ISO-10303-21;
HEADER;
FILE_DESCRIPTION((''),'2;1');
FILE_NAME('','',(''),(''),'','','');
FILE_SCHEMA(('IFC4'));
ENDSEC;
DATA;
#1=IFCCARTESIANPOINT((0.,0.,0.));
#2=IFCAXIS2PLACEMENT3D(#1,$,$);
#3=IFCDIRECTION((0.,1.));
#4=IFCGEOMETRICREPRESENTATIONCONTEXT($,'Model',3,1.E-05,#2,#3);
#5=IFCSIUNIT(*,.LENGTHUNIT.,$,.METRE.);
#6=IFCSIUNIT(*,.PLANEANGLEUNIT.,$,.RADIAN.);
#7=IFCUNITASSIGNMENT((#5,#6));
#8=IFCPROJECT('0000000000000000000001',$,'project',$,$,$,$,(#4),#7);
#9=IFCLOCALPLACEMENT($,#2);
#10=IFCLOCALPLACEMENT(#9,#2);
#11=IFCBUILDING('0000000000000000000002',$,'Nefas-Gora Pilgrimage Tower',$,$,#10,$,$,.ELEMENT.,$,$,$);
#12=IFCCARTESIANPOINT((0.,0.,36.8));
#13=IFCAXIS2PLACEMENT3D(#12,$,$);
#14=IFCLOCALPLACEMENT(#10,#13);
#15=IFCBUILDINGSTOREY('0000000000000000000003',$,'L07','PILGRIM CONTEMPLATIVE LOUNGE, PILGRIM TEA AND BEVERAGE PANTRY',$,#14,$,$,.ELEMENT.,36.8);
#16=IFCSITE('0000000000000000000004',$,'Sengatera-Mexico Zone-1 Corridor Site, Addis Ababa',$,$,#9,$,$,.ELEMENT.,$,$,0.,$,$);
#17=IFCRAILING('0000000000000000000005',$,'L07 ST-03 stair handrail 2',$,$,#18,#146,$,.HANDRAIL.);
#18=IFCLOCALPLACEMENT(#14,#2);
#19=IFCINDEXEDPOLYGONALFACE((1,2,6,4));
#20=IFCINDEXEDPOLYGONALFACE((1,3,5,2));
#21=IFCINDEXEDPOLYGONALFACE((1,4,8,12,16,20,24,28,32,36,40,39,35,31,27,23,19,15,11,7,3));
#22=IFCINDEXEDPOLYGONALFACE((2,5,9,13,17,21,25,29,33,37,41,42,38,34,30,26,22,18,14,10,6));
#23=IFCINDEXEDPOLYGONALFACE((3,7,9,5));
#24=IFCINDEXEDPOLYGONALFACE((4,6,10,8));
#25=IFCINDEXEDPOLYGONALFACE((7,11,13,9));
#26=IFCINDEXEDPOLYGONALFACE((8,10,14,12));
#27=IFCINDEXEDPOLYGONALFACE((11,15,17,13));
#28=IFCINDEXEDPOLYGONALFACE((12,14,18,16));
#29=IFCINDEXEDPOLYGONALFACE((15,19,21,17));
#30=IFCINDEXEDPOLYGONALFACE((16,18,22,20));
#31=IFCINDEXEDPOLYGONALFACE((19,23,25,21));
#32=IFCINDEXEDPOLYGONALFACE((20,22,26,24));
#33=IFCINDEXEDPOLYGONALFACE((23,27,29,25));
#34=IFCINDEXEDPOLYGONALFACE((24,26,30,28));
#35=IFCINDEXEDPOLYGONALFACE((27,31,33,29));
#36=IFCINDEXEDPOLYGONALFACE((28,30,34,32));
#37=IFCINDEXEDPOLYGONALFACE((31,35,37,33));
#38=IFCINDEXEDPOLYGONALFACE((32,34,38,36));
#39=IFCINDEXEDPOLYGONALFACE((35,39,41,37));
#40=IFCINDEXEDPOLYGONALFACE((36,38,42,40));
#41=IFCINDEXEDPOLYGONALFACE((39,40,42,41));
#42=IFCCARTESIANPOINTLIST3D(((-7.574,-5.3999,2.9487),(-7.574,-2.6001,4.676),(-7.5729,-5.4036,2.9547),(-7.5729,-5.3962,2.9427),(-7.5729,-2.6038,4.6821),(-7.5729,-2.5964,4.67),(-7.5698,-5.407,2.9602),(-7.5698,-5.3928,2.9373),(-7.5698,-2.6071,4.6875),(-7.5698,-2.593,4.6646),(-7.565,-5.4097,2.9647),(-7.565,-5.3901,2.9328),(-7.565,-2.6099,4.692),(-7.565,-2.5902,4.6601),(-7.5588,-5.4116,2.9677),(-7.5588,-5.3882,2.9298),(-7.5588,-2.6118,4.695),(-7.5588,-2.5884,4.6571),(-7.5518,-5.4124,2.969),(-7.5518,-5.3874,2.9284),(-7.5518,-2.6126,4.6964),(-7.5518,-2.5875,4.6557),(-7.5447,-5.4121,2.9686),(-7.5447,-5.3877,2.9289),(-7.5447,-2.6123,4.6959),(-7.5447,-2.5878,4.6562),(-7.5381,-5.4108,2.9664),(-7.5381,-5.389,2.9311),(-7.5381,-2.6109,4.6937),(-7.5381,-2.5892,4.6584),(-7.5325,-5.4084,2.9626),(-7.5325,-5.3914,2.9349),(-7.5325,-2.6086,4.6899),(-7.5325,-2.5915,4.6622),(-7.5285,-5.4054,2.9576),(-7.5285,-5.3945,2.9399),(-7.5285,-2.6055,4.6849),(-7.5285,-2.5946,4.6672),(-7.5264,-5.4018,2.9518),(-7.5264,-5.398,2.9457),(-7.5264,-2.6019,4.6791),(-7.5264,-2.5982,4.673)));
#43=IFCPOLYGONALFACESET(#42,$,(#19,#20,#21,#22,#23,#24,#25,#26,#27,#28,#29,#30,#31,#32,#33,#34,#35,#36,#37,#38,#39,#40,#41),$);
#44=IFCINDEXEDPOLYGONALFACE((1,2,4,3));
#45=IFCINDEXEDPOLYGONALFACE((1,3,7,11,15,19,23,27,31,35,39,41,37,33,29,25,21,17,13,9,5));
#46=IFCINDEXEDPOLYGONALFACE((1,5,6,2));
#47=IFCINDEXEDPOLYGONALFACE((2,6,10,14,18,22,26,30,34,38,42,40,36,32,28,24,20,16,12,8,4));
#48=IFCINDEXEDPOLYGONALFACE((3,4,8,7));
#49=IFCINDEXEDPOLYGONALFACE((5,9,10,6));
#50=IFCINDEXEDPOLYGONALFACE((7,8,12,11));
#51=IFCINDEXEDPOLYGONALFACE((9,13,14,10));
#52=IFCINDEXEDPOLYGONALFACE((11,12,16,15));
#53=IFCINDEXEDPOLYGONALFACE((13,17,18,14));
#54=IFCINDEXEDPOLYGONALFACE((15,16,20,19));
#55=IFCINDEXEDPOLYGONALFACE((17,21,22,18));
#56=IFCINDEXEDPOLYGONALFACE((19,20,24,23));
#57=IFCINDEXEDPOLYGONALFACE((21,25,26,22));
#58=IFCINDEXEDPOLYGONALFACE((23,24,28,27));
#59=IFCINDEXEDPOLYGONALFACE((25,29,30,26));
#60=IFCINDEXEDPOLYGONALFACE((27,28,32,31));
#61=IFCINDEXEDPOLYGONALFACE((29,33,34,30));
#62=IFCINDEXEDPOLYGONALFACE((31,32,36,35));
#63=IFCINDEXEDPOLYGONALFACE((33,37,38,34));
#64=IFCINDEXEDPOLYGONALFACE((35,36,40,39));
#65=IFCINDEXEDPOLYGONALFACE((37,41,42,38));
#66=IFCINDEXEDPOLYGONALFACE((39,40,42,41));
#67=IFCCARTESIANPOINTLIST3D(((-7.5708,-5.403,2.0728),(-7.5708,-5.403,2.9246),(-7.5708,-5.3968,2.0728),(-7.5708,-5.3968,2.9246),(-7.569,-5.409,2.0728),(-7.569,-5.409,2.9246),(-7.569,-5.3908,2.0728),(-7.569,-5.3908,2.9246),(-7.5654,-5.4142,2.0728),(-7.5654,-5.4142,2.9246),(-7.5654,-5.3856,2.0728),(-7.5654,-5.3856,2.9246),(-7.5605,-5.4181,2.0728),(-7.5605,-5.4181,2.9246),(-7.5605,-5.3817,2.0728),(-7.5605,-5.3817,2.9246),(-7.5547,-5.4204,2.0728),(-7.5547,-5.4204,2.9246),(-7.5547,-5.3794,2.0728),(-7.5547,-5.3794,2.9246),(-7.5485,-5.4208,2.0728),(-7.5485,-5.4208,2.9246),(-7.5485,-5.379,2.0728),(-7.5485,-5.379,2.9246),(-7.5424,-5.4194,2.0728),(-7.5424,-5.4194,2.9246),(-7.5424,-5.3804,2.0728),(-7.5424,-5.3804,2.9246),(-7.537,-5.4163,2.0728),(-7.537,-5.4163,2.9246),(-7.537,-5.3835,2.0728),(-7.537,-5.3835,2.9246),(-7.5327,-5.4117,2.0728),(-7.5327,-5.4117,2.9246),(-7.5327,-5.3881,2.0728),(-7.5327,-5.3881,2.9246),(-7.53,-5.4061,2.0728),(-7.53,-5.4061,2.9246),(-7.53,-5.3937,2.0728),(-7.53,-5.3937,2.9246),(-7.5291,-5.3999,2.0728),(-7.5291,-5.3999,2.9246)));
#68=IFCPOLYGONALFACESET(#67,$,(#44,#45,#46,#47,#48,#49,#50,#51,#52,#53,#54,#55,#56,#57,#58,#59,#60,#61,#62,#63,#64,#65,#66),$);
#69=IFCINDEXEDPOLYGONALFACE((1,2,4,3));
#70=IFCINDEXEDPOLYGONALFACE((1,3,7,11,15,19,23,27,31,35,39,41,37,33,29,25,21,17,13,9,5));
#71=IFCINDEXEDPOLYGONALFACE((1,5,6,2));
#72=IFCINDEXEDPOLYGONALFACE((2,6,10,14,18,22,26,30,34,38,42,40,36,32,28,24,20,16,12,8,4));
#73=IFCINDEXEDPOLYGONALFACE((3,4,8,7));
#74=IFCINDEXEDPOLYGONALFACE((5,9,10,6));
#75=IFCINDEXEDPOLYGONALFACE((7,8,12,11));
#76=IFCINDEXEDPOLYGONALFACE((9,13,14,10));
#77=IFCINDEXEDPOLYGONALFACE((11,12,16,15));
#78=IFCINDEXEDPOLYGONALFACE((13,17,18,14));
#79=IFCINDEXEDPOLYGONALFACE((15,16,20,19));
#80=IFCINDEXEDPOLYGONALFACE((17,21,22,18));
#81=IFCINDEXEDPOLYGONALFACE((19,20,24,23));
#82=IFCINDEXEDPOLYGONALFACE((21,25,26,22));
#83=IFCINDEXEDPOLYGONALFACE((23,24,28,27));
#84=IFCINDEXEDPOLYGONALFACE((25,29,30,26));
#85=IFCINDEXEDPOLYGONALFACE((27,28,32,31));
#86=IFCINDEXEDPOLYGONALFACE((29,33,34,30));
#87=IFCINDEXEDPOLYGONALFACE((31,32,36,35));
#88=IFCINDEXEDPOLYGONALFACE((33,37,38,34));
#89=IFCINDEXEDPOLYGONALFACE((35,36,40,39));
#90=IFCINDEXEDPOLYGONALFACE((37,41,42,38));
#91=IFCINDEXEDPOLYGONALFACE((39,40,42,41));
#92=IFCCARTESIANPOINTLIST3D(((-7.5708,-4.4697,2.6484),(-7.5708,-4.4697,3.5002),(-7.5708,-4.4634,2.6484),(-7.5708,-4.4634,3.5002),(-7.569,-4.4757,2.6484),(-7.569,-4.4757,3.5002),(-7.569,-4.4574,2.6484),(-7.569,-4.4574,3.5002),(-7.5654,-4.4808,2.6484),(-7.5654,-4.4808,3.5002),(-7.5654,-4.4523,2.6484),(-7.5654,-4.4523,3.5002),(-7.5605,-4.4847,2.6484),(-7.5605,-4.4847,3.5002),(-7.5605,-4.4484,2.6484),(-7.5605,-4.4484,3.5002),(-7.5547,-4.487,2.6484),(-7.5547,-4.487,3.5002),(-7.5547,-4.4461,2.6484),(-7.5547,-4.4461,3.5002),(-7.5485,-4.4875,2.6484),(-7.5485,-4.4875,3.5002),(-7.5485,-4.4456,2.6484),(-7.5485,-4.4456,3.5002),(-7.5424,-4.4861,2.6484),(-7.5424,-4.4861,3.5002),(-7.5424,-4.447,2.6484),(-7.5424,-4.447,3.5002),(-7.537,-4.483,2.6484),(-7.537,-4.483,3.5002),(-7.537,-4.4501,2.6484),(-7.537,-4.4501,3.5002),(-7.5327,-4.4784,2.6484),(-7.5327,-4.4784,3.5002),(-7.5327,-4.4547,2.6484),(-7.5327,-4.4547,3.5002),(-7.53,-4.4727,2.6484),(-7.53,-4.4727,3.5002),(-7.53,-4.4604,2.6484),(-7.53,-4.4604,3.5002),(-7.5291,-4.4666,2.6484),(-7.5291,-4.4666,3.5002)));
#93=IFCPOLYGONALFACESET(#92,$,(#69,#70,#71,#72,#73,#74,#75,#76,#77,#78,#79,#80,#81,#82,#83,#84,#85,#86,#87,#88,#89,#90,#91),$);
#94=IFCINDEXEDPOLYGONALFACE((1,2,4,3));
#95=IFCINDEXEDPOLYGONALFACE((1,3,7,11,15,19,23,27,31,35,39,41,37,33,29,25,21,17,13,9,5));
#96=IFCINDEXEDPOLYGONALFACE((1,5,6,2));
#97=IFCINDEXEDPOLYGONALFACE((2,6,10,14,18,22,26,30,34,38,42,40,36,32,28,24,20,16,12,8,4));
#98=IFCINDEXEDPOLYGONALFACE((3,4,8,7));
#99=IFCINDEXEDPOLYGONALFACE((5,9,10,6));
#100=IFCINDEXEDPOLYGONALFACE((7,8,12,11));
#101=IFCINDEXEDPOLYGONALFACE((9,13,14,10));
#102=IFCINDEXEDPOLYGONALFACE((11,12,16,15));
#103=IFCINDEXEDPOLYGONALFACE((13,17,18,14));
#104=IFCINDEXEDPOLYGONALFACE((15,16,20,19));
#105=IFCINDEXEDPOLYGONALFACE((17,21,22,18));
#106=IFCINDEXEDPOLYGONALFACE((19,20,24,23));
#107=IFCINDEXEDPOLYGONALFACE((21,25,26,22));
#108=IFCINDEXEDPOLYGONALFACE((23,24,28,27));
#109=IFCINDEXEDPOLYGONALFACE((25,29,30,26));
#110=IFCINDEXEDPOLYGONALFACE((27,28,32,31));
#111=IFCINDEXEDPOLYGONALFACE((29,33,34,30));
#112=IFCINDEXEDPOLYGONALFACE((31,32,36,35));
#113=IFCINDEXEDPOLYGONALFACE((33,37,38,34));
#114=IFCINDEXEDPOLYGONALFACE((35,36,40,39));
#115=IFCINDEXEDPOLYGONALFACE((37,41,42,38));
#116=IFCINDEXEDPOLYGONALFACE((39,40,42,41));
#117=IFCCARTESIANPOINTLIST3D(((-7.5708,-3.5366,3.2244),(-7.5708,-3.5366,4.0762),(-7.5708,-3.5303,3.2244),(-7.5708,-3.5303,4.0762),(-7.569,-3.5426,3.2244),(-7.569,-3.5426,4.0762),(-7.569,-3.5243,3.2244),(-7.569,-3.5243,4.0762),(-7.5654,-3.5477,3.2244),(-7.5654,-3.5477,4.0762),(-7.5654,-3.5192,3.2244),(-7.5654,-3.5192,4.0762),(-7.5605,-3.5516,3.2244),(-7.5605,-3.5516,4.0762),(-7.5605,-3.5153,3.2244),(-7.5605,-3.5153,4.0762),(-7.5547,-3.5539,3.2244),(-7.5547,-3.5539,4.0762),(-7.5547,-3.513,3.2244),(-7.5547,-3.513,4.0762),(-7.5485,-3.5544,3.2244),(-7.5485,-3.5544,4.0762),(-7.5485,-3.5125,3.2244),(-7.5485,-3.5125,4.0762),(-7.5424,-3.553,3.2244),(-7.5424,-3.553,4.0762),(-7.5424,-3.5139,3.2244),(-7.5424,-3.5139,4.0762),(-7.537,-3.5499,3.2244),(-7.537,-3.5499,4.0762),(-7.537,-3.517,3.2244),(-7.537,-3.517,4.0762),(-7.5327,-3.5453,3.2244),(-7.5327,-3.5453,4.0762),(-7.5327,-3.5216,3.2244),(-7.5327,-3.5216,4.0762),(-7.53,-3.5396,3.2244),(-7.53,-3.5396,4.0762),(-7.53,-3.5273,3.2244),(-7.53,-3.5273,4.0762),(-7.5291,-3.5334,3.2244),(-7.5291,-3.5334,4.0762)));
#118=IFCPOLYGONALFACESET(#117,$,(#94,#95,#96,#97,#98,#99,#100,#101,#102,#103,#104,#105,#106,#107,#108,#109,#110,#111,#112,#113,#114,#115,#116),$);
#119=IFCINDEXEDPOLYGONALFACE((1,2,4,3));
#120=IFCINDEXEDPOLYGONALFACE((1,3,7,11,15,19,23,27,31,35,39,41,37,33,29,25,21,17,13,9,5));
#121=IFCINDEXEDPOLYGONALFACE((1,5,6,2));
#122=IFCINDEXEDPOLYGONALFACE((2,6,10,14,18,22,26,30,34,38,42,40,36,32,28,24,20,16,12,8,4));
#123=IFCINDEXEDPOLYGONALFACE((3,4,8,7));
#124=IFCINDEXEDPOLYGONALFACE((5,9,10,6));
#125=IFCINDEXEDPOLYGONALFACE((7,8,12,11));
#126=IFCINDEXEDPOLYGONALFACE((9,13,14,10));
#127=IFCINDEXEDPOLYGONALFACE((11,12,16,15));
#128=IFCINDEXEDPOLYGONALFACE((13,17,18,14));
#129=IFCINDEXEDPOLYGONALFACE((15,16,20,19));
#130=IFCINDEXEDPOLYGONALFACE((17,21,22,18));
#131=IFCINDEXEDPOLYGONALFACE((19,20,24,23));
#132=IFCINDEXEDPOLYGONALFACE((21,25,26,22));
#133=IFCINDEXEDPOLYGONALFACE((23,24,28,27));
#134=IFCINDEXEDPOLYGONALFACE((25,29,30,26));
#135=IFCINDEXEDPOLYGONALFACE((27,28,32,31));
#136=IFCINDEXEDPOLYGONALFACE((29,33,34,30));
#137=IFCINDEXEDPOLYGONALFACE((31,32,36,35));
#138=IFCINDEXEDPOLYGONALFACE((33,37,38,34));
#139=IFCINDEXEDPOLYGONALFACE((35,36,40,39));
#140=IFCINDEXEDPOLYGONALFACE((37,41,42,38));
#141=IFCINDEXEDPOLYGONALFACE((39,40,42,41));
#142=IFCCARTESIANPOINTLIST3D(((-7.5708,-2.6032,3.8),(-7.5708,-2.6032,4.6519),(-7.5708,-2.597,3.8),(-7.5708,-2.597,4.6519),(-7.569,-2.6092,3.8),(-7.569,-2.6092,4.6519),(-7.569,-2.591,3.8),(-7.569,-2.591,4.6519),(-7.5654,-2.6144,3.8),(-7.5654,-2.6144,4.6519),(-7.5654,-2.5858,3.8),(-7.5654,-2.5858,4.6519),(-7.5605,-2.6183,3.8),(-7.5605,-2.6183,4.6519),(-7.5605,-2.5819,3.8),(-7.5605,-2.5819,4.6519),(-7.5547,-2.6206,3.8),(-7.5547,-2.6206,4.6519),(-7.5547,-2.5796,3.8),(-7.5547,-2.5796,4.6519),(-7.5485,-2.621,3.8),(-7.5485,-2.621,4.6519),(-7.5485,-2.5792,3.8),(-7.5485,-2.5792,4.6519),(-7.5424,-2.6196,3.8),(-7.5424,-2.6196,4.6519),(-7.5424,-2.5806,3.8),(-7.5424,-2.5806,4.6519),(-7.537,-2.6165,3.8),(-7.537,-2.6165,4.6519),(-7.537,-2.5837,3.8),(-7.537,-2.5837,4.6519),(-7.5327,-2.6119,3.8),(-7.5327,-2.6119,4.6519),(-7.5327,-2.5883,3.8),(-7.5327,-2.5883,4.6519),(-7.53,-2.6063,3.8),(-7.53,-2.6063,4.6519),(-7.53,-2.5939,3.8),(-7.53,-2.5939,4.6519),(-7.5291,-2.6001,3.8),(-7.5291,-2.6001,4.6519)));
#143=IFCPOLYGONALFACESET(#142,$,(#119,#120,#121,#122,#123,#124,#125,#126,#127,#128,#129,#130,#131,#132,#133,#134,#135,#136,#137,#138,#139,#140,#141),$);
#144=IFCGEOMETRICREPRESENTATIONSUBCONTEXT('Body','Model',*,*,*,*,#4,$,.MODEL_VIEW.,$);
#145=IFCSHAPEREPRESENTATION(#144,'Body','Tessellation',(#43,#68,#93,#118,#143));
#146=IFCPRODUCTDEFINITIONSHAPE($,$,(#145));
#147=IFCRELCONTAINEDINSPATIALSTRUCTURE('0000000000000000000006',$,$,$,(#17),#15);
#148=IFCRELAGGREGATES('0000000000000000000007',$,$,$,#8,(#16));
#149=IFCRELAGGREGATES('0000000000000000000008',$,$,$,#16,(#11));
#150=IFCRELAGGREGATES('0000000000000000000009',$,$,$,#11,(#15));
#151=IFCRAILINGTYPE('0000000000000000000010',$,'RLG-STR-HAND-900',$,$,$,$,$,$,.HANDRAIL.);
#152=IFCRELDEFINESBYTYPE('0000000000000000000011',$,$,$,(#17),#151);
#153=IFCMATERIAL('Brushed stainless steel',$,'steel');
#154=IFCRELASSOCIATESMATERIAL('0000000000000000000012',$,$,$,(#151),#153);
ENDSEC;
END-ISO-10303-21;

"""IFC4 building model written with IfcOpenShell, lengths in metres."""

from ifc_helpers import new_model, si_unit, direction, frame, origin, origin_2d, place, context, subcontext, project, spatial, circle, extrude, material, type_object, element, save


model = new_model("IFC4")

# Units and contexts
model_context = context("Model", 3, precision=1e-05, world=origin(), true_north=direction((0.0, 1.0)))
body_context = subcontext(model_context, "Body", "Model", "MODEL_VIEW")
ifc_project = project(units=[si_unit("LENGTHUNIT", "METRE"), si_unit("PLANEANGLEUNIT", "RADIAN")], contexts=[model_context])

# Site, building, storey
site_placement = place(None, origin())
site = spatial("IfcSite", under=ifc_project, at=site_placement, Name="Sengatera-Mexico Zone-1 Corridor Site, Addis Ababa", CompositionType="ELEMENT", RefElevation=0.0)
building_placement = place(site_placement, origin())
building = spatial("IfcBuilding", under=site, at=building_placement, Name="Nefas-Gora Pilgrimage Tower", CompositionType="ELEMENT")
storey_placement = place(building_placement, frame((0.0, 0.0, 36.8)))
storey = spatial("IfcBuildingStorey", under=building, at=storey_placement, Name="L07", Description="PILGRIM CONTEMPLATIVE LOUNGE, PILGRIM TEA AND BEVERAGE PANTRY", CompositionType="ELEMENT", Elevation=36.8)

# Railing
ifc_material_1 = material(Name="Brushed stainless steel", Category="steel")
railing_type_1 = type_object("IfcRailingType", Name="RLG-STR-HAND-900", PredefinedType="HANDRAIL", material=ifc_material_1)
railing_1_placement = place(storey_placement, frame((-7.55, -5.3999, 2.0728)))
element("IfcRailing", 1, at=railing_1_placement, inside=storey, type_object=railing_type_1, Name="L07 ST-03 stair handrail 2", PredefinedType="HANDRAIL", context=body_context, shape_type="SweptSolid", body=[
    extrude(circle(Radius=0.0239, at=origin_2d()), frame((0.0, 0.0, 0.876), z_axis=(0.0, 0.851069, 0.525054), x_axis=(-1.0, 0.0, 0.0)), (0.0, 0.0, 1.0), 3.2898),
    extrude(circle(Radius=0.021, at=origin_2d()), origin(), (0.0, 0.0, 1.0), 0.8518),
    extrude(circle(Radius=0.021, at=origin_2d()), frame((0.0, 0.9333, 0.5757)), (0.0, 0.0, 1.0), 0.8518),
    extrude(circle(Radius=0.021, at=origin_2d()), frame((0.0, 1.8665, 1.1516)), (0.0, 0.0, 1.0), 0.8518),
    extrude(circle(Radius=0.021, at=origin_2d()), frame((0.0, 2.7998, 1.7273)), (0.0, 0.0, 1.0), 0.8518),
])

save(model, "model.ifc")
